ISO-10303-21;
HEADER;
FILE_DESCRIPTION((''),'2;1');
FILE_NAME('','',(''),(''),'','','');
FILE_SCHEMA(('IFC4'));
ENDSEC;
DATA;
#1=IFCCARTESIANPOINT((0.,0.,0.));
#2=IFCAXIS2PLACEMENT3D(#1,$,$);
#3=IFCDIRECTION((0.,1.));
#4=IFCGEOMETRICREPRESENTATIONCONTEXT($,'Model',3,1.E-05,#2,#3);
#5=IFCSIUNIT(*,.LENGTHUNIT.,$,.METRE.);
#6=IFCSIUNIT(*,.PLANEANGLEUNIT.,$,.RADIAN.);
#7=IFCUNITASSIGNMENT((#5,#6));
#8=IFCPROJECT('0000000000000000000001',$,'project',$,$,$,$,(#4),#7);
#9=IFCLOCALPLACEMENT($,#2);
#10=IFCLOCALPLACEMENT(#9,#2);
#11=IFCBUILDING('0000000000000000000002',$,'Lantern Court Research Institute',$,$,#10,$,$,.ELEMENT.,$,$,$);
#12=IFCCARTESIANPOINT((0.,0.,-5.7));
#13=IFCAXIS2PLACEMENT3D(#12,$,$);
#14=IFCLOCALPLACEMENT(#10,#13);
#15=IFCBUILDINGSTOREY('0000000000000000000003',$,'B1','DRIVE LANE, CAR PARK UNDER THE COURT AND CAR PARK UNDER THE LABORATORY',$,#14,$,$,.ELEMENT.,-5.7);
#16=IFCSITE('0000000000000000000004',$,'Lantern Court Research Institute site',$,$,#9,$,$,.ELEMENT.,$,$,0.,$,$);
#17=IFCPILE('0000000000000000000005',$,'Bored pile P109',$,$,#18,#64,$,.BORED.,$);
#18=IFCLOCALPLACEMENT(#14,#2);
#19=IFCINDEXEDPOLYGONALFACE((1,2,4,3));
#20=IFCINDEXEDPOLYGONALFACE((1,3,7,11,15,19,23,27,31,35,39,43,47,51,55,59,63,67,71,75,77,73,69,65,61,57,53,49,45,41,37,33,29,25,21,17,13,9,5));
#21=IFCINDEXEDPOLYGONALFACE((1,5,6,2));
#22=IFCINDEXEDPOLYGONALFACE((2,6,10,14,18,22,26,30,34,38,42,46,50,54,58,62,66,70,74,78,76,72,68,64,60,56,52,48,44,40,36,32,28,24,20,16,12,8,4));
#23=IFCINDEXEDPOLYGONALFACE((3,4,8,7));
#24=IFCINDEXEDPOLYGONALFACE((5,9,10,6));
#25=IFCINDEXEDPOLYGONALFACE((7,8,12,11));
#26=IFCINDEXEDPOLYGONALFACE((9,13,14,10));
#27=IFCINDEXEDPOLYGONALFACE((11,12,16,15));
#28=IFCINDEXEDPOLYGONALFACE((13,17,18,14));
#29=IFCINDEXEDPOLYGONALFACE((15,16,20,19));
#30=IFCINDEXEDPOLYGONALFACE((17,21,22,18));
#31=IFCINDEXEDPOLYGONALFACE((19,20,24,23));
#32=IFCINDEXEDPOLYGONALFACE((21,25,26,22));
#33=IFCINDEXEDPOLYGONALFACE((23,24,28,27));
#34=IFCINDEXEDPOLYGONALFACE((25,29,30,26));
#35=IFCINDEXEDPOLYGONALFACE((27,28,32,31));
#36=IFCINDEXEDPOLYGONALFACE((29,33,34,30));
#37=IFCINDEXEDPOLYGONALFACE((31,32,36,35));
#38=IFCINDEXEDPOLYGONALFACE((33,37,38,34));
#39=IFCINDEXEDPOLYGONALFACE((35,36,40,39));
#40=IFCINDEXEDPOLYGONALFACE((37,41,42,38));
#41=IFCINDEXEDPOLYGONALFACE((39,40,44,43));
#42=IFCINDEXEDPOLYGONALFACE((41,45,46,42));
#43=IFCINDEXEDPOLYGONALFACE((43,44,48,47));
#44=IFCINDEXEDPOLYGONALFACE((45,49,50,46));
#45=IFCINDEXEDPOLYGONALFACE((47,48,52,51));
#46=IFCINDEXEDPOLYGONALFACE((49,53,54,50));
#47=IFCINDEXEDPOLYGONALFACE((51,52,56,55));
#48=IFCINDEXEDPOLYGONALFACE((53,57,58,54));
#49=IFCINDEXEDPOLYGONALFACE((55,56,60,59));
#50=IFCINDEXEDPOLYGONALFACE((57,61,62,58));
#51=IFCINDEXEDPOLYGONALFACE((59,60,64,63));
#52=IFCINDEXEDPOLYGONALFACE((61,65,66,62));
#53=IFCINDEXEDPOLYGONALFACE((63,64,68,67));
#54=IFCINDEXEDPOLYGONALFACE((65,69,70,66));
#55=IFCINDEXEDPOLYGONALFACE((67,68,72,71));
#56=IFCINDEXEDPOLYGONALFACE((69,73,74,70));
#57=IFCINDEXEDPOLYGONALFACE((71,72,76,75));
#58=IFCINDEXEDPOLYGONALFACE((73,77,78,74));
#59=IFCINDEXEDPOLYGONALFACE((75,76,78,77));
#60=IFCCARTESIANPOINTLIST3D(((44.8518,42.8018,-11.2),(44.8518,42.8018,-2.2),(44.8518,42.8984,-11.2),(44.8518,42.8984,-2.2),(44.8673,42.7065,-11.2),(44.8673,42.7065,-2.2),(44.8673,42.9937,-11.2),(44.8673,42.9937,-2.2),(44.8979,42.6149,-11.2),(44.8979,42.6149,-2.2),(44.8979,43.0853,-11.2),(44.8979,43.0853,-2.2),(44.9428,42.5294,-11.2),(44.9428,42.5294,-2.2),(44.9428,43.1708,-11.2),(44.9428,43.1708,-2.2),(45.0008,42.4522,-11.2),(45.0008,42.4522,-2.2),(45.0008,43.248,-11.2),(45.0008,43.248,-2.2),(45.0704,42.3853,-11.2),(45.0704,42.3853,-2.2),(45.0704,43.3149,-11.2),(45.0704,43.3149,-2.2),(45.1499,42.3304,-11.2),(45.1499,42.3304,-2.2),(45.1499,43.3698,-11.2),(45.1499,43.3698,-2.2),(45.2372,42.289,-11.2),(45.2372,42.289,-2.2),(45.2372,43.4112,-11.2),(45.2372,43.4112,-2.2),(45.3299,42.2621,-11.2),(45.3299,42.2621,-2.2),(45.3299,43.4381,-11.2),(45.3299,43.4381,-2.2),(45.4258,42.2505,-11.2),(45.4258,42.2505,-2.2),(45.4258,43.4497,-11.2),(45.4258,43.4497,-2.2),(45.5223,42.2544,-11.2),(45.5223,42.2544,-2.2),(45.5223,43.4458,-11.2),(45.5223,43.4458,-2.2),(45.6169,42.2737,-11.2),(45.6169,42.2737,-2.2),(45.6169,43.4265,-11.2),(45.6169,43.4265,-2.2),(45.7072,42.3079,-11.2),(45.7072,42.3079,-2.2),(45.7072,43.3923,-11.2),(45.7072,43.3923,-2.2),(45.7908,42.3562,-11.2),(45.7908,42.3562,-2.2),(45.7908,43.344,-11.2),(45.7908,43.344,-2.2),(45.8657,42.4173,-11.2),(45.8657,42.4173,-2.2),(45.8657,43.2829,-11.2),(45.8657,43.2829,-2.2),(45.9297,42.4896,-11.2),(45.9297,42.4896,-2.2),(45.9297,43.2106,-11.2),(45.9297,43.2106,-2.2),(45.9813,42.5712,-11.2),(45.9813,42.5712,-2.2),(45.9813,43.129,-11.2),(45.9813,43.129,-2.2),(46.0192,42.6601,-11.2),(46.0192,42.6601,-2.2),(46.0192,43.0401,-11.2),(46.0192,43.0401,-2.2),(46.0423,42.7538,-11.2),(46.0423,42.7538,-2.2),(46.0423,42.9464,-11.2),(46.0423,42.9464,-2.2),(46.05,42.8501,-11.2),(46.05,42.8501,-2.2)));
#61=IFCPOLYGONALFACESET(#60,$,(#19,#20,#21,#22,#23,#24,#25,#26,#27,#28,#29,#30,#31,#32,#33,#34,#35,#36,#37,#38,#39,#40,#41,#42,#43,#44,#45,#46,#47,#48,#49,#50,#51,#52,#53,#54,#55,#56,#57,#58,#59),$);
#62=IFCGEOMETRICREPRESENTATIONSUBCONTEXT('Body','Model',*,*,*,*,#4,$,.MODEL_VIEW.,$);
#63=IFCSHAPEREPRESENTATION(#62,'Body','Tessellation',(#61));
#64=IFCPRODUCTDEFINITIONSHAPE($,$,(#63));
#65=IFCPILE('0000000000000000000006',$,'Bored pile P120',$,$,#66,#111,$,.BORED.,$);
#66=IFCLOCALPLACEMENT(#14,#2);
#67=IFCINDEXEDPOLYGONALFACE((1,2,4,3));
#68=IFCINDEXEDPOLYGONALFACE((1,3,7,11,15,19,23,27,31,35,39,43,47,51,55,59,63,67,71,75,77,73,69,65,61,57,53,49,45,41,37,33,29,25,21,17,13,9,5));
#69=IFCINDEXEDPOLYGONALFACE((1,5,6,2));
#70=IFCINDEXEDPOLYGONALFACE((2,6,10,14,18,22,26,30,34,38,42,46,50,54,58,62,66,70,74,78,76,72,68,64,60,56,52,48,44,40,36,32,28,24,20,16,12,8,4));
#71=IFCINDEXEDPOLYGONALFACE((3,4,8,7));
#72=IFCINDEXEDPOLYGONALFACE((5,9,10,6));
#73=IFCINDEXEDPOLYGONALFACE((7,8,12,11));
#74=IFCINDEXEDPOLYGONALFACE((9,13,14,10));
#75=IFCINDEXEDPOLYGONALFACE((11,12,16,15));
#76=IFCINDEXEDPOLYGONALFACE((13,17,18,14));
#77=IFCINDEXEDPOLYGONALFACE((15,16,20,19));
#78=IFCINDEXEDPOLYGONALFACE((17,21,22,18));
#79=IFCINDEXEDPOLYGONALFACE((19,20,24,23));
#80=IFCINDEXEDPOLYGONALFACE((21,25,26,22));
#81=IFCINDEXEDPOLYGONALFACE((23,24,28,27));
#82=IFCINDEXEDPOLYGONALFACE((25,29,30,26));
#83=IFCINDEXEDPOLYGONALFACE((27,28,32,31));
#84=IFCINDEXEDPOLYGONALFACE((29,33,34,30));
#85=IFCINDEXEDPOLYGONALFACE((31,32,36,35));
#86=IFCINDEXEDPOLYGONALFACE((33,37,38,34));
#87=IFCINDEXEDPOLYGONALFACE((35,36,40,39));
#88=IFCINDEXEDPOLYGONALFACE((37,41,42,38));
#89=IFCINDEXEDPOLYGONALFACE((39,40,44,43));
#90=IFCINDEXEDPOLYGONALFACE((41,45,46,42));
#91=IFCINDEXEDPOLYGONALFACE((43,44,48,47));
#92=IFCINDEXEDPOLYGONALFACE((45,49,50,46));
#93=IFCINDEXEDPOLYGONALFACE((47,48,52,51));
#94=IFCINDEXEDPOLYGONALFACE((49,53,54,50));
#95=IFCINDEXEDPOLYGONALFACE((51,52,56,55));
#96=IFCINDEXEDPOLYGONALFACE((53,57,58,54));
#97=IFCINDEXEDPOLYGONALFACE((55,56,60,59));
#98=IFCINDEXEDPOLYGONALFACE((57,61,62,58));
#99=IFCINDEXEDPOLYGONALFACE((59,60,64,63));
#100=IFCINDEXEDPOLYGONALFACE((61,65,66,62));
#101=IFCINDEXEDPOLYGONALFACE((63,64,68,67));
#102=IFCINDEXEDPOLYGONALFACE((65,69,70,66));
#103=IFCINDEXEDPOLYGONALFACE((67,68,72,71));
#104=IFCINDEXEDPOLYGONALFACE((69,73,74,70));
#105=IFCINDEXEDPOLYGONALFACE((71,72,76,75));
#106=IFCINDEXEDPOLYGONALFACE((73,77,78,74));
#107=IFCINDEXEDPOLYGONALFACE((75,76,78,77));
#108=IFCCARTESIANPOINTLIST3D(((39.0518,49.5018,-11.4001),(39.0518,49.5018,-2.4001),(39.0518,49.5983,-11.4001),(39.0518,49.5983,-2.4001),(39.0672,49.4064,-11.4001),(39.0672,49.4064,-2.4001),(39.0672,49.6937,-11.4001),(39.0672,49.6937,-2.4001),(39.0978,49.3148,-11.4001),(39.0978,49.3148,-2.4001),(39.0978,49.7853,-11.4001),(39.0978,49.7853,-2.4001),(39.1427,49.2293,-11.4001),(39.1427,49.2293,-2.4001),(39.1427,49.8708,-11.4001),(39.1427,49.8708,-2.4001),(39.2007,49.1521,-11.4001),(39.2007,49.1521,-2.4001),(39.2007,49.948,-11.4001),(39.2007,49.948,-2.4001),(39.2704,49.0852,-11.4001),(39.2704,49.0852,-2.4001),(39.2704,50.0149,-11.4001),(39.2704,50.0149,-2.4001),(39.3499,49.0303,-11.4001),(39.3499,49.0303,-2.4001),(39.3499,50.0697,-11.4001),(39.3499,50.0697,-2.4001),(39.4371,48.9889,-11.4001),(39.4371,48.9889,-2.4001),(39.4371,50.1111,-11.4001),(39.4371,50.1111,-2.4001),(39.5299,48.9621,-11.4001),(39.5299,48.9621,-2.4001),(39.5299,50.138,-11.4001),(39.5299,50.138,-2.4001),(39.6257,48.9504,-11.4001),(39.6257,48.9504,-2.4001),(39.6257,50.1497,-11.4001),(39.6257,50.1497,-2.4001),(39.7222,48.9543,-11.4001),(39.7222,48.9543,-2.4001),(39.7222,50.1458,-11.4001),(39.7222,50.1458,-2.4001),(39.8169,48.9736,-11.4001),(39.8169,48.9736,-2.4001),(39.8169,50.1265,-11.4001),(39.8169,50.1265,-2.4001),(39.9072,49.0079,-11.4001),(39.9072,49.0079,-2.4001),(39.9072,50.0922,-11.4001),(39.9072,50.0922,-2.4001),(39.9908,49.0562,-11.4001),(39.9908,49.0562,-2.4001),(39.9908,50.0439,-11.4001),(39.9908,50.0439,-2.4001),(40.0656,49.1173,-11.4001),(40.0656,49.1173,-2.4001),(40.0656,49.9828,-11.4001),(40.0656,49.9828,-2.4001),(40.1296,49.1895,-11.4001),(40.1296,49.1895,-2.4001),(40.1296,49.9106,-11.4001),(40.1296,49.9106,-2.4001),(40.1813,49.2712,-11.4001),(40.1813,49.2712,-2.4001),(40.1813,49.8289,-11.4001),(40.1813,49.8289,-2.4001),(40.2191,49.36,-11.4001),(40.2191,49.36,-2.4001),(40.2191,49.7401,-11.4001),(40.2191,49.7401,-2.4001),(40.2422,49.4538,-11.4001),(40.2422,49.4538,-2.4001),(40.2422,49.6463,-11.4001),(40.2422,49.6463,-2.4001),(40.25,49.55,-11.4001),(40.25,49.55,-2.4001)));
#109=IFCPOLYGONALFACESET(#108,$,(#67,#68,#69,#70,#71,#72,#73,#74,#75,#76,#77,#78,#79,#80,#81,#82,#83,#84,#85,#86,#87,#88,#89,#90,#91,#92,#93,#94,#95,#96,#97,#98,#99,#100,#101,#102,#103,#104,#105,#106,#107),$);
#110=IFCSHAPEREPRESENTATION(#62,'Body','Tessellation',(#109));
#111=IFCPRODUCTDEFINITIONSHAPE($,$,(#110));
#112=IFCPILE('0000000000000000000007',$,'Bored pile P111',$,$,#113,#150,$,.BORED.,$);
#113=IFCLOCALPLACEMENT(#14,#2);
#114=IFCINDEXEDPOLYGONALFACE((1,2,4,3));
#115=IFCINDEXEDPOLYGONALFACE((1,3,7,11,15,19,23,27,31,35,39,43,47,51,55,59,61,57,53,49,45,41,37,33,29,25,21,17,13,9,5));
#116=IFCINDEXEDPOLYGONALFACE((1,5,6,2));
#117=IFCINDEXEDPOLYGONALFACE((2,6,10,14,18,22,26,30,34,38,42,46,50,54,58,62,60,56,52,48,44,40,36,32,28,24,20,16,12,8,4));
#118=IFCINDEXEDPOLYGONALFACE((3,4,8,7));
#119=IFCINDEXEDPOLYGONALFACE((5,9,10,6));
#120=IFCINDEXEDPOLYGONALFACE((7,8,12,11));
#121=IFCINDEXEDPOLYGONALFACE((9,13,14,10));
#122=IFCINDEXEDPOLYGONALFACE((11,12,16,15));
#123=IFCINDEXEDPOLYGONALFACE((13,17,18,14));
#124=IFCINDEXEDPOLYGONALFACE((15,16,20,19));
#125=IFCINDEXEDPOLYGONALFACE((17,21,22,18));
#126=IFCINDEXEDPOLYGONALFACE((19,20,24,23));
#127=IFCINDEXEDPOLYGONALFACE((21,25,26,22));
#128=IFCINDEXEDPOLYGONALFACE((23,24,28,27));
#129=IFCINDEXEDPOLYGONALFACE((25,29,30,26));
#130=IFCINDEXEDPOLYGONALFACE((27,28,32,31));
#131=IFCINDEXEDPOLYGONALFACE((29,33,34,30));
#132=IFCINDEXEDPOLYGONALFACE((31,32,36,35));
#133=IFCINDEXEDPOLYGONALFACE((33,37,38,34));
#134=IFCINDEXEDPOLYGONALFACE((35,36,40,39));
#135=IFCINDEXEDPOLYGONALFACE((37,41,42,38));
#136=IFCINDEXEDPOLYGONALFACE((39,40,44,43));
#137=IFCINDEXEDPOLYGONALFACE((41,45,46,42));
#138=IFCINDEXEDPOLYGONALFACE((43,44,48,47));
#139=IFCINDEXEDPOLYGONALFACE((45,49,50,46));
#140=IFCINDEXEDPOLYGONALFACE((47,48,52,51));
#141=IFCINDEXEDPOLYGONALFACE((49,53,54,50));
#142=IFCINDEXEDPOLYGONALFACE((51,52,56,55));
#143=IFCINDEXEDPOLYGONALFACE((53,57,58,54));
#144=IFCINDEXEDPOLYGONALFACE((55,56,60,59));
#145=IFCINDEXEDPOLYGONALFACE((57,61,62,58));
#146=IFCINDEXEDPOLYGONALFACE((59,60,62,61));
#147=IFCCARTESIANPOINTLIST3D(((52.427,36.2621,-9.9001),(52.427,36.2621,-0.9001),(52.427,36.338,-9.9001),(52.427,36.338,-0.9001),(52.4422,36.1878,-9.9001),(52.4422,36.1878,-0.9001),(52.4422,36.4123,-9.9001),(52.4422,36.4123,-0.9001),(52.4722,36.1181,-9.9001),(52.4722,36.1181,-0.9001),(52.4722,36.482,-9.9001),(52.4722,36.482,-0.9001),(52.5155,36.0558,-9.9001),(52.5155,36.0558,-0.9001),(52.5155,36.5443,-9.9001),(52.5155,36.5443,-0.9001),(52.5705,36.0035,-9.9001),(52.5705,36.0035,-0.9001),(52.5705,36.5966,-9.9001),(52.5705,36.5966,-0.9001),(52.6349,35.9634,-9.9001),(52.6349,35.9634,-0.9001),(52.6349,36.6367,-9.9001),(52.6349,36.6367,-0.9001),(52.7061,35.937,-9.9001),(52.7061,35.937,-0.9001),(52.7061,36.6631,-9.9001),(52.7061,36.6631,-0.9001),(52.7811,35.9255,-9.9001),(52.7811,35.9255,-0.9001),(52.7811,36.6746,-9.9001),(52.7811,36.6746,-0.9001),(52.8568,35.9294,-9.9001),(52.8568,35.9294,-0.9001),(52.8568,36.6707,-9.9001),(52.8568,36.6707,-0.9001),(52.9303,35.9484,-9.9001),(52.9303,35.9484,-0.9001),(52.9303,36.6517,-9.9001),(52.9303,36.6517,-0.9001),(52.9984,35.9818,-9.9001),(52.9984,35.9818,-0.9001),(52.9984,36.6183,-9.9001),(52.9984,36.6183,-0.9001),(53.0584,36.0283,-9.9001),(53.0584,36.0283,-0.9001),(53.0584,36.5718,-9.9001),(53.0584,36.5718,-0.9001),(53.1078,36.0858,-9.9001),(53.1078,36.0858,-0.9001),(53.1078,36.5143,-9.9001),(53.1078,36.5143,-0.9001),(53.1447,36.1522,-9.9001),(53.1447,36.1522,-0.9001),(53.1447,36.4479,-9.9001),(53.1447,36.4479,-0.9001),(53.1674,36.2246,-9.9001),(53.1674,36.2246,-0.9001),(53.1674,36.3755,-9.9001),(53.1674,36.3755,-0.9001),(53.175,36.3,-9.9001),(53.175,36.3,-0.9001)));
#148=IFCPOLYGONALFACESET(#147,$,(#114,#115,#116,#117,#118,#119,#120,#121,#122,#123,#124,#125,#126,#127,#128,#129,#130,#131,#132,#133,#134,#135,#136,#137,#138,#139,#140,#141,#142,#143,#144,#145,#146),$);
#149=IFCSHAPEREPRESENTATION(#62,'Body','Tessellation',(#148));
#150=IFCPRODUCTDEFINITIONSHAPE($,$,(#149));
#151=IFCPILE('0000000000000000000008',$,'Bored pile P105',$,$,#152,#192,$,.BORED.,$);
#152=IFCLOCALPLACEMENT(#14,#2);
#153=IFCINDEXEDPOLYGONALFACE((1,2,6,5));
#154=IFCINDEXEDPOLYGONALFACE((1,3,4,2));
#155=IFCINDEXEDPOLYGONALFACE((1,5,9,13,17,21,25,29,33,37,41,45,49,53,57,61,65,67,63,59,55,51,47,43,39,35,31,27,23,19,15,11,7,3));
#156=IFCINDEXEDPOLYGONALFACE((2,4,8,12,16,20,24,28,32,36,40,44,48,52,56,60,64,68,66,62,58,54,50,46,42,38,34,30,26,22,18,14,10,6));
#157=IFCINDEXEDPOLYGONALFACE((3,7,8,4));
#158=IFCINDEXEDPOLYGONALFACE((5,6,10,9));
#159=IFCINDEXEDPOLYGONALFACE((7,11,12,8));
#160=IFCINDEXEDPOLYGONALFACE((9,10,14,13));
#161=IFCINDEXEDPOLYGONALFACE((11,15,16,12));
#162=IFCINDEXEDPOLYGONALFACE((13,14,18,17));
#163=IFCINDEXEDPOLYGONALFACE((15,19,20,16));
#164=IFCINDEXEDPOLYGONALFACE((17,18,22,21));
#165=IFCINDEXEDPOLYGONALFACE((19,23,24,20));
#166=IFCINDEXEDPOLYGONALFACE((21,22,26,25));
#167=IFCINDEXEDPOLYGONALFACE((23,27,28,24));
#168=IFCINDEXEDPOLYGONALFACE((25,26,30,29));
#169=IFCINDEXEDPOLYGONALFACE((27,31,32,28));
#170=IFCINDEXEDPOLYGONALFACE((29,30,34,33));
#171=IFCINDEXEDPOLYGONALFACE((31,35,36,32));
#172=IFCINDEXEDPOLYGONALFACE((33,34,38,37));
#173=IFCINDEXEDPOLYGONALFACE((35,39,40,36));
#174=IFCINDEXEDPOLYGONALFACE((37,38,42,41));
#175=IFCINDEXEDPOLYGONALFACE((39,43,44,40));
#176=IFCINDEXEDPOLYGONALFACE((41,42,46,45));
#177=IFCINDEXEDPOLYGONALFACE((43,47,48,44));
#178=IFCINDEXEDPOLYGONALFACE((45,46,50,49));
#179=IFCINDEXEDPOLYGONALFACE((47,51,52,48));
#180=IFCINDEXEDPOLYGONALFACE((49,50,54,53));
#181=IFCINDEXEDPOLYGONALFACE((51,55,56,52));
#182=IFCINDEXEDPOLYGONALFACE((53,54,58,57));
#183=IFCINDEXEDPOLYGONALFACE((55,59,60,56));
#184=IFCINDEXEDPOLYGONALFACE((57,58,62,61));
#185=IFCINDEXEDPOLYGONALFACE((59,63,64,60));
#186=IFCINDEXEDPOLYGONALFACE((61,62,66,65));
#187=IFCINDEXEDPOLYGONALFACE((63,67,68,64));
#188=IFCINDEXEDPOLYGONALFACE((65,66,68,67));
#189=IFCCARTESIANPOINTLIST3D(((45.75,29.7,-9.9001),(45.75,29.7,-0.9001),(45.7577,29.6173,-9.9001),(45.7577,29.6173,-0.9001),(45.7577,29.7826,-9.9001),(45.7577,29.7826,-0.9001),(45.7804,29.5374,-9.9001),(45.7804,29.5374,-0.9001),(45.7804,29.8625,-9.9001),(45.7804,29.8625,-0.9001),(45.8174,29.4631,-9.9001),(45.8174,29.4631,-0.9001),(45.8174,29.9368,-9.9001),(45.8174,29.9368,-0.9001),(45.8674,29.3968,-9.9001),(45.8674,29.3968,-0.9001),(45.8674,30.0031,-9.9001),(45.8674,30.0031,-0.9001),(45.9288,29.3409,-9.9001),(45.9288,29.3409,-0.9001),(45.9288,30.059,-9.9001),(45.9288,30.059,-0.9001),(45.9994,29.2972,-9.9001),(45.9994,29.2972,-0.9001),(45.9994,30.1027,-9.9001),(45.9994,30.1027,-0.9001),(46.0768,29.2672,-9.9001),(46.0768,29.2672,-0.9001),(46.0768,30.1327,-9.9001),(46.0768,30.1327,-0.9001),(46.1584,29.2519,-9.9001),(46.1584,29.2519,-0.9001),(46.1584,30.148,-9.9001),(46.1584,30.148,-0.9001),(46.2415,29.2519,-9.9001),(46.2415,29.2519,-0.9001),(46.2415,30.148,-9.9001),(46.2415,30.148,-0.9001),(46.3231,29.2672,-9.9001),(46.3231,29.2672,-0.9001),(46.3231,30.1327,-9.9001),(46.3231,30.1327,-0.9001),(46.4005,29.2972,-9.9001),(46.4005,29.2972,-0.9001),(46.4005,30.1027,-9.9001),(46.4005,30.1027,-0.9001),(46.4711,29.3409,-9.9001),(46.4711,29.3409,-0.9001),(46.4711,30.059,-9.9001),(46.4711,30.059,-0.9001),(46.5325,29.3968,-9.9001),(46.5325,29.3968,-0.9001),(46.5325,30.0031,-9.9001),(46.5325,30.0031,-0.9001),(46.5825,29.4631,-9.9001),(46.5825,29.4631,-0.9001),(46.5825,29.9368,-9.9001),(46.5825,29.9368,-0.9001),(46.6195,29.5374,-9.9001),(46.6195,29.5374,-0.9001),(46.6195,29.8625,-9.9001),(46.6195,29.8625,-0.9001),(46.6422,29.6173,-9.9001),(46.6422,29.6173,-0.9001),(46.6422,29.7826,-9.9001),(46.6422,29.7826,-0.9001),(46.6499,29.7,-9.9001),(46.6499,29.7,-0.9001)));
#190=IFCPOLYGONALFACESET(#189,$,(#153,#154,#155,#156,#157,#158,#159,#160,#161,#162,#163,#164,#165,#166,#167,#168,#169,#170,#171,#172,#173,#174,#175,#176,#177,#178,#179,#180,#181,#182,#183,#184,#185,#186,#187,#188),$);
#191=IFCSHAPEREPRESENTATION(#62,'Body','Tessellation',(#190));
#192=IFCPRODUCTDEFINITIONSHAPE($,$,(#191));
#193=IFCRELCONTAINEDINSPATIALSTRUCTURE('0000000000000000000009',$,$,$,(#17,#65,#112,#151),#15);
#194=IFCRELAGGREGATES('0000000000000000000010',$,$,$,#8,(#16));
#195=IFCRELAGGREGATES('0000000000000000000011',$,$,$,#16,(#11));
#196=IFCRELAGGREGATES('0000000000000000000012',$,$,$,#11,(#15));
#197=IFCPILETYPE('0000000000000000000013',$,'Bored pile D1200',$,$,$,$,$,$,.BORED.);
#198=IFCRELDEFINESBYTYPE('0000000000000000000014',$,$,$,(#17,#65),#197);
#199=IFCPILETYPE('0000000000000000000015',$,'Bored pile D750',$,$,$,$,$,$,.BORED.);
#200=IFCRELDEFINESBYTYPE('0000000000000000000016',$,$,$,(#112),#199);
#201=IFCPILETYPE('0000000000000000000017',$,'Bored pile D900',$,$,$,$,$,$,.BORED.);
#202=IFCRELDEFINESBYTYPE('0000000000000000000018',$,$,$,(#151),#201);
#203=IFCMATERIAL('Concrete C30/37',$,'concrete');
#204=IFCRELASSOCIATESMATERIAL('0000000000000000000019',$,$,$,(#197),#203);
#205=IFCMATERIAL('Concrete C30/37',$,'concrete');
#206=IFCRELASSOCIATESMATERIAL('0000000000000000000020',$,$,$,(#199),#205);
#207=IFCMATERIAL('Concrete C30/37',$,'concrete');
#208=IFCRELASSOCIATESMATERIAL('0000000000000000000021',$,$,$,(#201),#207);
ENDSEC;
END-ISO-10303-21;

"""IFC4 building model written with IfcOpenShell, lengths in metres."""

from ifc_helpers import new_model, si_unit, direction, frame, origin, origin_2d, place, context, subcontext, project, spatial, circle, extrude, material, material_profile, profile_set, type_object, element, save


model = new_model("IFC4")

# Units and contexts
model_context = context("Model", 3, precision=1e-05, world=origin(), true_north=direction((0.0, 1.0)))
body_context = subcontext(model_context, "Body", "Model", "MODEL_VIEW")
ifc_project = project(units=[si_unit("LENGTHUNIT", "METRE"), si_unit("PLANEANGLEUNIT", "RADIAN")], contexts=[model_context])

# Site, building, storey
site_placement = place(None, origin())
site = spatial("IfcSite", under=ifc_project, at=site_placement, Name="Lantern Court Research Institute site", CompositionType="ELEMENT", RefElevation=0.0)
building_placement = place(site_placement, origin())
building = spatial("IfcBuilding", under=site, at=building_placement, Name="Lantern Court Research Institute", CompositionType="ELEMENT")
storey_placement = place(building_placement, frame((0.0, 0.0, -5.7)))
storey = spatial("IfcBuildingStorey", under=building, at=storey_placement, Name="B1", Description="DRIVE LANE, CAR PARK UNDER THE COURT AND CAR PARK UNDER THE LABORATORY", CompositionType="ELEMENT", Elevation=-5.7)

# Piles
ifc_material_1 = material(Name="Concrete C30/37", Category="concrete")
ifc_material_profile_1 = material_profile(ifc_material_1, circle(Radius=0.6001, at=origin_2d()), Name="Bored pile D1200")
ifc_profile_set_1 = profile_set([ifc_material_profile_1], Name="Concrete C30/37")
pile_type_1 = type_object("IfcPileType", Name="Bored pile D1200", PredefinedType="BORED", material=ifc_profile_set_1)
for number, where, z_axis, x_axis, name in (
    (1, (45.45, 42.8501, -2.2), (0.0, 0.0, -1.0), (1.0, 0.0, 0.0), "Bored pile P109"),
    (2, (39.6499, 49.55, -2.4001), (0.0, 0.0, -1.0), (1.0, 0.0, 0.0), "Bored pile P120"),
):
    element("IfcPile", number, at=place(storey_placement, frame(where, z_axis=z_axis, x_axis=x_axis)), inside=storey, type_object=pile_type_1, Name=name, PredefinedType="BORED", context=body_context, shape_type="SweptSolid", body=[
        extrude(circle(Radius=0.6001, at=origin_2d()), origin(), (0.0, 0.0, 1.0), 9.0),
    ])
ifc_material_2 = material(Name="Concrete C30/37", Category="concrete")
ifc_material_profile_2 = material_profile(ifc_material_2, circle(Radius=0.375, at=origin_2d()), Name="Bored pile D750")
ifc_profile_set_2 = profile_set([ifc_material_profile_2], Name="Concrete C30/37")
pile_type_2 = type_object("IfcPileType", Name="Bored pile D750", PredefinedType="BORED", material=ifc_profile_set_2)
pile_1_placement = place(storey_placement, frame((52.8, 36.3, -0.9001), z_axis=(0.0, 0.0, -1.0), x_axis=(1.0, 0.0, 0.0)))
element("IfcPile", 3, at=pile_1_placement, inside=storey, type_object=pile_type_2, Name="Bored pile P111", PredefinedType="BORED", context=body_context, shape_type="SweptSolid", body=[
    extrude(circle(Radius=0.375, at=origin_2d()), origin(), (0.0, 0.0, 1.0), 9.0),
])
ifc_material_3 = material(Name="Concrete C30/37", Category="concrete")
ifc_material_profile_3 = material_profile(ifc_material_3, circle(Radius=0.45, at=origin_2d()), Name="Bored pile D900")
ifc_profile_set_3 = profile_set([ifc_material_profile_3], Name="Concrete C30/37")
pile_type_3 = type_object("IfcPileType", Name="Bored pile D900", PredefinedType="BORED", material=ifc_profile_set_3)
for number, where, z_axis, x_axis, name in (
    (4, (46.2, 29.7, -0.9001), (0.0, 0.0, -1.0), (1.0, 0.0, 0.0), "Bored pile P105"),
):
    element("IfcPile", number, at=place(storey_placement, frame(where, z_axis=z_axis, x_axis=x_axis)), inside=storey, type_object=pile_type_3, Name=name, PredefinedType="BORED", context=body_context, shape_type="SweptSolid", body=[
        extrude(circle(Radius=0.45, at=origin_2d()), origin(), (0.0, 0.0, 1.0), 9.0),
    ])

save(model, "model.ifc")
